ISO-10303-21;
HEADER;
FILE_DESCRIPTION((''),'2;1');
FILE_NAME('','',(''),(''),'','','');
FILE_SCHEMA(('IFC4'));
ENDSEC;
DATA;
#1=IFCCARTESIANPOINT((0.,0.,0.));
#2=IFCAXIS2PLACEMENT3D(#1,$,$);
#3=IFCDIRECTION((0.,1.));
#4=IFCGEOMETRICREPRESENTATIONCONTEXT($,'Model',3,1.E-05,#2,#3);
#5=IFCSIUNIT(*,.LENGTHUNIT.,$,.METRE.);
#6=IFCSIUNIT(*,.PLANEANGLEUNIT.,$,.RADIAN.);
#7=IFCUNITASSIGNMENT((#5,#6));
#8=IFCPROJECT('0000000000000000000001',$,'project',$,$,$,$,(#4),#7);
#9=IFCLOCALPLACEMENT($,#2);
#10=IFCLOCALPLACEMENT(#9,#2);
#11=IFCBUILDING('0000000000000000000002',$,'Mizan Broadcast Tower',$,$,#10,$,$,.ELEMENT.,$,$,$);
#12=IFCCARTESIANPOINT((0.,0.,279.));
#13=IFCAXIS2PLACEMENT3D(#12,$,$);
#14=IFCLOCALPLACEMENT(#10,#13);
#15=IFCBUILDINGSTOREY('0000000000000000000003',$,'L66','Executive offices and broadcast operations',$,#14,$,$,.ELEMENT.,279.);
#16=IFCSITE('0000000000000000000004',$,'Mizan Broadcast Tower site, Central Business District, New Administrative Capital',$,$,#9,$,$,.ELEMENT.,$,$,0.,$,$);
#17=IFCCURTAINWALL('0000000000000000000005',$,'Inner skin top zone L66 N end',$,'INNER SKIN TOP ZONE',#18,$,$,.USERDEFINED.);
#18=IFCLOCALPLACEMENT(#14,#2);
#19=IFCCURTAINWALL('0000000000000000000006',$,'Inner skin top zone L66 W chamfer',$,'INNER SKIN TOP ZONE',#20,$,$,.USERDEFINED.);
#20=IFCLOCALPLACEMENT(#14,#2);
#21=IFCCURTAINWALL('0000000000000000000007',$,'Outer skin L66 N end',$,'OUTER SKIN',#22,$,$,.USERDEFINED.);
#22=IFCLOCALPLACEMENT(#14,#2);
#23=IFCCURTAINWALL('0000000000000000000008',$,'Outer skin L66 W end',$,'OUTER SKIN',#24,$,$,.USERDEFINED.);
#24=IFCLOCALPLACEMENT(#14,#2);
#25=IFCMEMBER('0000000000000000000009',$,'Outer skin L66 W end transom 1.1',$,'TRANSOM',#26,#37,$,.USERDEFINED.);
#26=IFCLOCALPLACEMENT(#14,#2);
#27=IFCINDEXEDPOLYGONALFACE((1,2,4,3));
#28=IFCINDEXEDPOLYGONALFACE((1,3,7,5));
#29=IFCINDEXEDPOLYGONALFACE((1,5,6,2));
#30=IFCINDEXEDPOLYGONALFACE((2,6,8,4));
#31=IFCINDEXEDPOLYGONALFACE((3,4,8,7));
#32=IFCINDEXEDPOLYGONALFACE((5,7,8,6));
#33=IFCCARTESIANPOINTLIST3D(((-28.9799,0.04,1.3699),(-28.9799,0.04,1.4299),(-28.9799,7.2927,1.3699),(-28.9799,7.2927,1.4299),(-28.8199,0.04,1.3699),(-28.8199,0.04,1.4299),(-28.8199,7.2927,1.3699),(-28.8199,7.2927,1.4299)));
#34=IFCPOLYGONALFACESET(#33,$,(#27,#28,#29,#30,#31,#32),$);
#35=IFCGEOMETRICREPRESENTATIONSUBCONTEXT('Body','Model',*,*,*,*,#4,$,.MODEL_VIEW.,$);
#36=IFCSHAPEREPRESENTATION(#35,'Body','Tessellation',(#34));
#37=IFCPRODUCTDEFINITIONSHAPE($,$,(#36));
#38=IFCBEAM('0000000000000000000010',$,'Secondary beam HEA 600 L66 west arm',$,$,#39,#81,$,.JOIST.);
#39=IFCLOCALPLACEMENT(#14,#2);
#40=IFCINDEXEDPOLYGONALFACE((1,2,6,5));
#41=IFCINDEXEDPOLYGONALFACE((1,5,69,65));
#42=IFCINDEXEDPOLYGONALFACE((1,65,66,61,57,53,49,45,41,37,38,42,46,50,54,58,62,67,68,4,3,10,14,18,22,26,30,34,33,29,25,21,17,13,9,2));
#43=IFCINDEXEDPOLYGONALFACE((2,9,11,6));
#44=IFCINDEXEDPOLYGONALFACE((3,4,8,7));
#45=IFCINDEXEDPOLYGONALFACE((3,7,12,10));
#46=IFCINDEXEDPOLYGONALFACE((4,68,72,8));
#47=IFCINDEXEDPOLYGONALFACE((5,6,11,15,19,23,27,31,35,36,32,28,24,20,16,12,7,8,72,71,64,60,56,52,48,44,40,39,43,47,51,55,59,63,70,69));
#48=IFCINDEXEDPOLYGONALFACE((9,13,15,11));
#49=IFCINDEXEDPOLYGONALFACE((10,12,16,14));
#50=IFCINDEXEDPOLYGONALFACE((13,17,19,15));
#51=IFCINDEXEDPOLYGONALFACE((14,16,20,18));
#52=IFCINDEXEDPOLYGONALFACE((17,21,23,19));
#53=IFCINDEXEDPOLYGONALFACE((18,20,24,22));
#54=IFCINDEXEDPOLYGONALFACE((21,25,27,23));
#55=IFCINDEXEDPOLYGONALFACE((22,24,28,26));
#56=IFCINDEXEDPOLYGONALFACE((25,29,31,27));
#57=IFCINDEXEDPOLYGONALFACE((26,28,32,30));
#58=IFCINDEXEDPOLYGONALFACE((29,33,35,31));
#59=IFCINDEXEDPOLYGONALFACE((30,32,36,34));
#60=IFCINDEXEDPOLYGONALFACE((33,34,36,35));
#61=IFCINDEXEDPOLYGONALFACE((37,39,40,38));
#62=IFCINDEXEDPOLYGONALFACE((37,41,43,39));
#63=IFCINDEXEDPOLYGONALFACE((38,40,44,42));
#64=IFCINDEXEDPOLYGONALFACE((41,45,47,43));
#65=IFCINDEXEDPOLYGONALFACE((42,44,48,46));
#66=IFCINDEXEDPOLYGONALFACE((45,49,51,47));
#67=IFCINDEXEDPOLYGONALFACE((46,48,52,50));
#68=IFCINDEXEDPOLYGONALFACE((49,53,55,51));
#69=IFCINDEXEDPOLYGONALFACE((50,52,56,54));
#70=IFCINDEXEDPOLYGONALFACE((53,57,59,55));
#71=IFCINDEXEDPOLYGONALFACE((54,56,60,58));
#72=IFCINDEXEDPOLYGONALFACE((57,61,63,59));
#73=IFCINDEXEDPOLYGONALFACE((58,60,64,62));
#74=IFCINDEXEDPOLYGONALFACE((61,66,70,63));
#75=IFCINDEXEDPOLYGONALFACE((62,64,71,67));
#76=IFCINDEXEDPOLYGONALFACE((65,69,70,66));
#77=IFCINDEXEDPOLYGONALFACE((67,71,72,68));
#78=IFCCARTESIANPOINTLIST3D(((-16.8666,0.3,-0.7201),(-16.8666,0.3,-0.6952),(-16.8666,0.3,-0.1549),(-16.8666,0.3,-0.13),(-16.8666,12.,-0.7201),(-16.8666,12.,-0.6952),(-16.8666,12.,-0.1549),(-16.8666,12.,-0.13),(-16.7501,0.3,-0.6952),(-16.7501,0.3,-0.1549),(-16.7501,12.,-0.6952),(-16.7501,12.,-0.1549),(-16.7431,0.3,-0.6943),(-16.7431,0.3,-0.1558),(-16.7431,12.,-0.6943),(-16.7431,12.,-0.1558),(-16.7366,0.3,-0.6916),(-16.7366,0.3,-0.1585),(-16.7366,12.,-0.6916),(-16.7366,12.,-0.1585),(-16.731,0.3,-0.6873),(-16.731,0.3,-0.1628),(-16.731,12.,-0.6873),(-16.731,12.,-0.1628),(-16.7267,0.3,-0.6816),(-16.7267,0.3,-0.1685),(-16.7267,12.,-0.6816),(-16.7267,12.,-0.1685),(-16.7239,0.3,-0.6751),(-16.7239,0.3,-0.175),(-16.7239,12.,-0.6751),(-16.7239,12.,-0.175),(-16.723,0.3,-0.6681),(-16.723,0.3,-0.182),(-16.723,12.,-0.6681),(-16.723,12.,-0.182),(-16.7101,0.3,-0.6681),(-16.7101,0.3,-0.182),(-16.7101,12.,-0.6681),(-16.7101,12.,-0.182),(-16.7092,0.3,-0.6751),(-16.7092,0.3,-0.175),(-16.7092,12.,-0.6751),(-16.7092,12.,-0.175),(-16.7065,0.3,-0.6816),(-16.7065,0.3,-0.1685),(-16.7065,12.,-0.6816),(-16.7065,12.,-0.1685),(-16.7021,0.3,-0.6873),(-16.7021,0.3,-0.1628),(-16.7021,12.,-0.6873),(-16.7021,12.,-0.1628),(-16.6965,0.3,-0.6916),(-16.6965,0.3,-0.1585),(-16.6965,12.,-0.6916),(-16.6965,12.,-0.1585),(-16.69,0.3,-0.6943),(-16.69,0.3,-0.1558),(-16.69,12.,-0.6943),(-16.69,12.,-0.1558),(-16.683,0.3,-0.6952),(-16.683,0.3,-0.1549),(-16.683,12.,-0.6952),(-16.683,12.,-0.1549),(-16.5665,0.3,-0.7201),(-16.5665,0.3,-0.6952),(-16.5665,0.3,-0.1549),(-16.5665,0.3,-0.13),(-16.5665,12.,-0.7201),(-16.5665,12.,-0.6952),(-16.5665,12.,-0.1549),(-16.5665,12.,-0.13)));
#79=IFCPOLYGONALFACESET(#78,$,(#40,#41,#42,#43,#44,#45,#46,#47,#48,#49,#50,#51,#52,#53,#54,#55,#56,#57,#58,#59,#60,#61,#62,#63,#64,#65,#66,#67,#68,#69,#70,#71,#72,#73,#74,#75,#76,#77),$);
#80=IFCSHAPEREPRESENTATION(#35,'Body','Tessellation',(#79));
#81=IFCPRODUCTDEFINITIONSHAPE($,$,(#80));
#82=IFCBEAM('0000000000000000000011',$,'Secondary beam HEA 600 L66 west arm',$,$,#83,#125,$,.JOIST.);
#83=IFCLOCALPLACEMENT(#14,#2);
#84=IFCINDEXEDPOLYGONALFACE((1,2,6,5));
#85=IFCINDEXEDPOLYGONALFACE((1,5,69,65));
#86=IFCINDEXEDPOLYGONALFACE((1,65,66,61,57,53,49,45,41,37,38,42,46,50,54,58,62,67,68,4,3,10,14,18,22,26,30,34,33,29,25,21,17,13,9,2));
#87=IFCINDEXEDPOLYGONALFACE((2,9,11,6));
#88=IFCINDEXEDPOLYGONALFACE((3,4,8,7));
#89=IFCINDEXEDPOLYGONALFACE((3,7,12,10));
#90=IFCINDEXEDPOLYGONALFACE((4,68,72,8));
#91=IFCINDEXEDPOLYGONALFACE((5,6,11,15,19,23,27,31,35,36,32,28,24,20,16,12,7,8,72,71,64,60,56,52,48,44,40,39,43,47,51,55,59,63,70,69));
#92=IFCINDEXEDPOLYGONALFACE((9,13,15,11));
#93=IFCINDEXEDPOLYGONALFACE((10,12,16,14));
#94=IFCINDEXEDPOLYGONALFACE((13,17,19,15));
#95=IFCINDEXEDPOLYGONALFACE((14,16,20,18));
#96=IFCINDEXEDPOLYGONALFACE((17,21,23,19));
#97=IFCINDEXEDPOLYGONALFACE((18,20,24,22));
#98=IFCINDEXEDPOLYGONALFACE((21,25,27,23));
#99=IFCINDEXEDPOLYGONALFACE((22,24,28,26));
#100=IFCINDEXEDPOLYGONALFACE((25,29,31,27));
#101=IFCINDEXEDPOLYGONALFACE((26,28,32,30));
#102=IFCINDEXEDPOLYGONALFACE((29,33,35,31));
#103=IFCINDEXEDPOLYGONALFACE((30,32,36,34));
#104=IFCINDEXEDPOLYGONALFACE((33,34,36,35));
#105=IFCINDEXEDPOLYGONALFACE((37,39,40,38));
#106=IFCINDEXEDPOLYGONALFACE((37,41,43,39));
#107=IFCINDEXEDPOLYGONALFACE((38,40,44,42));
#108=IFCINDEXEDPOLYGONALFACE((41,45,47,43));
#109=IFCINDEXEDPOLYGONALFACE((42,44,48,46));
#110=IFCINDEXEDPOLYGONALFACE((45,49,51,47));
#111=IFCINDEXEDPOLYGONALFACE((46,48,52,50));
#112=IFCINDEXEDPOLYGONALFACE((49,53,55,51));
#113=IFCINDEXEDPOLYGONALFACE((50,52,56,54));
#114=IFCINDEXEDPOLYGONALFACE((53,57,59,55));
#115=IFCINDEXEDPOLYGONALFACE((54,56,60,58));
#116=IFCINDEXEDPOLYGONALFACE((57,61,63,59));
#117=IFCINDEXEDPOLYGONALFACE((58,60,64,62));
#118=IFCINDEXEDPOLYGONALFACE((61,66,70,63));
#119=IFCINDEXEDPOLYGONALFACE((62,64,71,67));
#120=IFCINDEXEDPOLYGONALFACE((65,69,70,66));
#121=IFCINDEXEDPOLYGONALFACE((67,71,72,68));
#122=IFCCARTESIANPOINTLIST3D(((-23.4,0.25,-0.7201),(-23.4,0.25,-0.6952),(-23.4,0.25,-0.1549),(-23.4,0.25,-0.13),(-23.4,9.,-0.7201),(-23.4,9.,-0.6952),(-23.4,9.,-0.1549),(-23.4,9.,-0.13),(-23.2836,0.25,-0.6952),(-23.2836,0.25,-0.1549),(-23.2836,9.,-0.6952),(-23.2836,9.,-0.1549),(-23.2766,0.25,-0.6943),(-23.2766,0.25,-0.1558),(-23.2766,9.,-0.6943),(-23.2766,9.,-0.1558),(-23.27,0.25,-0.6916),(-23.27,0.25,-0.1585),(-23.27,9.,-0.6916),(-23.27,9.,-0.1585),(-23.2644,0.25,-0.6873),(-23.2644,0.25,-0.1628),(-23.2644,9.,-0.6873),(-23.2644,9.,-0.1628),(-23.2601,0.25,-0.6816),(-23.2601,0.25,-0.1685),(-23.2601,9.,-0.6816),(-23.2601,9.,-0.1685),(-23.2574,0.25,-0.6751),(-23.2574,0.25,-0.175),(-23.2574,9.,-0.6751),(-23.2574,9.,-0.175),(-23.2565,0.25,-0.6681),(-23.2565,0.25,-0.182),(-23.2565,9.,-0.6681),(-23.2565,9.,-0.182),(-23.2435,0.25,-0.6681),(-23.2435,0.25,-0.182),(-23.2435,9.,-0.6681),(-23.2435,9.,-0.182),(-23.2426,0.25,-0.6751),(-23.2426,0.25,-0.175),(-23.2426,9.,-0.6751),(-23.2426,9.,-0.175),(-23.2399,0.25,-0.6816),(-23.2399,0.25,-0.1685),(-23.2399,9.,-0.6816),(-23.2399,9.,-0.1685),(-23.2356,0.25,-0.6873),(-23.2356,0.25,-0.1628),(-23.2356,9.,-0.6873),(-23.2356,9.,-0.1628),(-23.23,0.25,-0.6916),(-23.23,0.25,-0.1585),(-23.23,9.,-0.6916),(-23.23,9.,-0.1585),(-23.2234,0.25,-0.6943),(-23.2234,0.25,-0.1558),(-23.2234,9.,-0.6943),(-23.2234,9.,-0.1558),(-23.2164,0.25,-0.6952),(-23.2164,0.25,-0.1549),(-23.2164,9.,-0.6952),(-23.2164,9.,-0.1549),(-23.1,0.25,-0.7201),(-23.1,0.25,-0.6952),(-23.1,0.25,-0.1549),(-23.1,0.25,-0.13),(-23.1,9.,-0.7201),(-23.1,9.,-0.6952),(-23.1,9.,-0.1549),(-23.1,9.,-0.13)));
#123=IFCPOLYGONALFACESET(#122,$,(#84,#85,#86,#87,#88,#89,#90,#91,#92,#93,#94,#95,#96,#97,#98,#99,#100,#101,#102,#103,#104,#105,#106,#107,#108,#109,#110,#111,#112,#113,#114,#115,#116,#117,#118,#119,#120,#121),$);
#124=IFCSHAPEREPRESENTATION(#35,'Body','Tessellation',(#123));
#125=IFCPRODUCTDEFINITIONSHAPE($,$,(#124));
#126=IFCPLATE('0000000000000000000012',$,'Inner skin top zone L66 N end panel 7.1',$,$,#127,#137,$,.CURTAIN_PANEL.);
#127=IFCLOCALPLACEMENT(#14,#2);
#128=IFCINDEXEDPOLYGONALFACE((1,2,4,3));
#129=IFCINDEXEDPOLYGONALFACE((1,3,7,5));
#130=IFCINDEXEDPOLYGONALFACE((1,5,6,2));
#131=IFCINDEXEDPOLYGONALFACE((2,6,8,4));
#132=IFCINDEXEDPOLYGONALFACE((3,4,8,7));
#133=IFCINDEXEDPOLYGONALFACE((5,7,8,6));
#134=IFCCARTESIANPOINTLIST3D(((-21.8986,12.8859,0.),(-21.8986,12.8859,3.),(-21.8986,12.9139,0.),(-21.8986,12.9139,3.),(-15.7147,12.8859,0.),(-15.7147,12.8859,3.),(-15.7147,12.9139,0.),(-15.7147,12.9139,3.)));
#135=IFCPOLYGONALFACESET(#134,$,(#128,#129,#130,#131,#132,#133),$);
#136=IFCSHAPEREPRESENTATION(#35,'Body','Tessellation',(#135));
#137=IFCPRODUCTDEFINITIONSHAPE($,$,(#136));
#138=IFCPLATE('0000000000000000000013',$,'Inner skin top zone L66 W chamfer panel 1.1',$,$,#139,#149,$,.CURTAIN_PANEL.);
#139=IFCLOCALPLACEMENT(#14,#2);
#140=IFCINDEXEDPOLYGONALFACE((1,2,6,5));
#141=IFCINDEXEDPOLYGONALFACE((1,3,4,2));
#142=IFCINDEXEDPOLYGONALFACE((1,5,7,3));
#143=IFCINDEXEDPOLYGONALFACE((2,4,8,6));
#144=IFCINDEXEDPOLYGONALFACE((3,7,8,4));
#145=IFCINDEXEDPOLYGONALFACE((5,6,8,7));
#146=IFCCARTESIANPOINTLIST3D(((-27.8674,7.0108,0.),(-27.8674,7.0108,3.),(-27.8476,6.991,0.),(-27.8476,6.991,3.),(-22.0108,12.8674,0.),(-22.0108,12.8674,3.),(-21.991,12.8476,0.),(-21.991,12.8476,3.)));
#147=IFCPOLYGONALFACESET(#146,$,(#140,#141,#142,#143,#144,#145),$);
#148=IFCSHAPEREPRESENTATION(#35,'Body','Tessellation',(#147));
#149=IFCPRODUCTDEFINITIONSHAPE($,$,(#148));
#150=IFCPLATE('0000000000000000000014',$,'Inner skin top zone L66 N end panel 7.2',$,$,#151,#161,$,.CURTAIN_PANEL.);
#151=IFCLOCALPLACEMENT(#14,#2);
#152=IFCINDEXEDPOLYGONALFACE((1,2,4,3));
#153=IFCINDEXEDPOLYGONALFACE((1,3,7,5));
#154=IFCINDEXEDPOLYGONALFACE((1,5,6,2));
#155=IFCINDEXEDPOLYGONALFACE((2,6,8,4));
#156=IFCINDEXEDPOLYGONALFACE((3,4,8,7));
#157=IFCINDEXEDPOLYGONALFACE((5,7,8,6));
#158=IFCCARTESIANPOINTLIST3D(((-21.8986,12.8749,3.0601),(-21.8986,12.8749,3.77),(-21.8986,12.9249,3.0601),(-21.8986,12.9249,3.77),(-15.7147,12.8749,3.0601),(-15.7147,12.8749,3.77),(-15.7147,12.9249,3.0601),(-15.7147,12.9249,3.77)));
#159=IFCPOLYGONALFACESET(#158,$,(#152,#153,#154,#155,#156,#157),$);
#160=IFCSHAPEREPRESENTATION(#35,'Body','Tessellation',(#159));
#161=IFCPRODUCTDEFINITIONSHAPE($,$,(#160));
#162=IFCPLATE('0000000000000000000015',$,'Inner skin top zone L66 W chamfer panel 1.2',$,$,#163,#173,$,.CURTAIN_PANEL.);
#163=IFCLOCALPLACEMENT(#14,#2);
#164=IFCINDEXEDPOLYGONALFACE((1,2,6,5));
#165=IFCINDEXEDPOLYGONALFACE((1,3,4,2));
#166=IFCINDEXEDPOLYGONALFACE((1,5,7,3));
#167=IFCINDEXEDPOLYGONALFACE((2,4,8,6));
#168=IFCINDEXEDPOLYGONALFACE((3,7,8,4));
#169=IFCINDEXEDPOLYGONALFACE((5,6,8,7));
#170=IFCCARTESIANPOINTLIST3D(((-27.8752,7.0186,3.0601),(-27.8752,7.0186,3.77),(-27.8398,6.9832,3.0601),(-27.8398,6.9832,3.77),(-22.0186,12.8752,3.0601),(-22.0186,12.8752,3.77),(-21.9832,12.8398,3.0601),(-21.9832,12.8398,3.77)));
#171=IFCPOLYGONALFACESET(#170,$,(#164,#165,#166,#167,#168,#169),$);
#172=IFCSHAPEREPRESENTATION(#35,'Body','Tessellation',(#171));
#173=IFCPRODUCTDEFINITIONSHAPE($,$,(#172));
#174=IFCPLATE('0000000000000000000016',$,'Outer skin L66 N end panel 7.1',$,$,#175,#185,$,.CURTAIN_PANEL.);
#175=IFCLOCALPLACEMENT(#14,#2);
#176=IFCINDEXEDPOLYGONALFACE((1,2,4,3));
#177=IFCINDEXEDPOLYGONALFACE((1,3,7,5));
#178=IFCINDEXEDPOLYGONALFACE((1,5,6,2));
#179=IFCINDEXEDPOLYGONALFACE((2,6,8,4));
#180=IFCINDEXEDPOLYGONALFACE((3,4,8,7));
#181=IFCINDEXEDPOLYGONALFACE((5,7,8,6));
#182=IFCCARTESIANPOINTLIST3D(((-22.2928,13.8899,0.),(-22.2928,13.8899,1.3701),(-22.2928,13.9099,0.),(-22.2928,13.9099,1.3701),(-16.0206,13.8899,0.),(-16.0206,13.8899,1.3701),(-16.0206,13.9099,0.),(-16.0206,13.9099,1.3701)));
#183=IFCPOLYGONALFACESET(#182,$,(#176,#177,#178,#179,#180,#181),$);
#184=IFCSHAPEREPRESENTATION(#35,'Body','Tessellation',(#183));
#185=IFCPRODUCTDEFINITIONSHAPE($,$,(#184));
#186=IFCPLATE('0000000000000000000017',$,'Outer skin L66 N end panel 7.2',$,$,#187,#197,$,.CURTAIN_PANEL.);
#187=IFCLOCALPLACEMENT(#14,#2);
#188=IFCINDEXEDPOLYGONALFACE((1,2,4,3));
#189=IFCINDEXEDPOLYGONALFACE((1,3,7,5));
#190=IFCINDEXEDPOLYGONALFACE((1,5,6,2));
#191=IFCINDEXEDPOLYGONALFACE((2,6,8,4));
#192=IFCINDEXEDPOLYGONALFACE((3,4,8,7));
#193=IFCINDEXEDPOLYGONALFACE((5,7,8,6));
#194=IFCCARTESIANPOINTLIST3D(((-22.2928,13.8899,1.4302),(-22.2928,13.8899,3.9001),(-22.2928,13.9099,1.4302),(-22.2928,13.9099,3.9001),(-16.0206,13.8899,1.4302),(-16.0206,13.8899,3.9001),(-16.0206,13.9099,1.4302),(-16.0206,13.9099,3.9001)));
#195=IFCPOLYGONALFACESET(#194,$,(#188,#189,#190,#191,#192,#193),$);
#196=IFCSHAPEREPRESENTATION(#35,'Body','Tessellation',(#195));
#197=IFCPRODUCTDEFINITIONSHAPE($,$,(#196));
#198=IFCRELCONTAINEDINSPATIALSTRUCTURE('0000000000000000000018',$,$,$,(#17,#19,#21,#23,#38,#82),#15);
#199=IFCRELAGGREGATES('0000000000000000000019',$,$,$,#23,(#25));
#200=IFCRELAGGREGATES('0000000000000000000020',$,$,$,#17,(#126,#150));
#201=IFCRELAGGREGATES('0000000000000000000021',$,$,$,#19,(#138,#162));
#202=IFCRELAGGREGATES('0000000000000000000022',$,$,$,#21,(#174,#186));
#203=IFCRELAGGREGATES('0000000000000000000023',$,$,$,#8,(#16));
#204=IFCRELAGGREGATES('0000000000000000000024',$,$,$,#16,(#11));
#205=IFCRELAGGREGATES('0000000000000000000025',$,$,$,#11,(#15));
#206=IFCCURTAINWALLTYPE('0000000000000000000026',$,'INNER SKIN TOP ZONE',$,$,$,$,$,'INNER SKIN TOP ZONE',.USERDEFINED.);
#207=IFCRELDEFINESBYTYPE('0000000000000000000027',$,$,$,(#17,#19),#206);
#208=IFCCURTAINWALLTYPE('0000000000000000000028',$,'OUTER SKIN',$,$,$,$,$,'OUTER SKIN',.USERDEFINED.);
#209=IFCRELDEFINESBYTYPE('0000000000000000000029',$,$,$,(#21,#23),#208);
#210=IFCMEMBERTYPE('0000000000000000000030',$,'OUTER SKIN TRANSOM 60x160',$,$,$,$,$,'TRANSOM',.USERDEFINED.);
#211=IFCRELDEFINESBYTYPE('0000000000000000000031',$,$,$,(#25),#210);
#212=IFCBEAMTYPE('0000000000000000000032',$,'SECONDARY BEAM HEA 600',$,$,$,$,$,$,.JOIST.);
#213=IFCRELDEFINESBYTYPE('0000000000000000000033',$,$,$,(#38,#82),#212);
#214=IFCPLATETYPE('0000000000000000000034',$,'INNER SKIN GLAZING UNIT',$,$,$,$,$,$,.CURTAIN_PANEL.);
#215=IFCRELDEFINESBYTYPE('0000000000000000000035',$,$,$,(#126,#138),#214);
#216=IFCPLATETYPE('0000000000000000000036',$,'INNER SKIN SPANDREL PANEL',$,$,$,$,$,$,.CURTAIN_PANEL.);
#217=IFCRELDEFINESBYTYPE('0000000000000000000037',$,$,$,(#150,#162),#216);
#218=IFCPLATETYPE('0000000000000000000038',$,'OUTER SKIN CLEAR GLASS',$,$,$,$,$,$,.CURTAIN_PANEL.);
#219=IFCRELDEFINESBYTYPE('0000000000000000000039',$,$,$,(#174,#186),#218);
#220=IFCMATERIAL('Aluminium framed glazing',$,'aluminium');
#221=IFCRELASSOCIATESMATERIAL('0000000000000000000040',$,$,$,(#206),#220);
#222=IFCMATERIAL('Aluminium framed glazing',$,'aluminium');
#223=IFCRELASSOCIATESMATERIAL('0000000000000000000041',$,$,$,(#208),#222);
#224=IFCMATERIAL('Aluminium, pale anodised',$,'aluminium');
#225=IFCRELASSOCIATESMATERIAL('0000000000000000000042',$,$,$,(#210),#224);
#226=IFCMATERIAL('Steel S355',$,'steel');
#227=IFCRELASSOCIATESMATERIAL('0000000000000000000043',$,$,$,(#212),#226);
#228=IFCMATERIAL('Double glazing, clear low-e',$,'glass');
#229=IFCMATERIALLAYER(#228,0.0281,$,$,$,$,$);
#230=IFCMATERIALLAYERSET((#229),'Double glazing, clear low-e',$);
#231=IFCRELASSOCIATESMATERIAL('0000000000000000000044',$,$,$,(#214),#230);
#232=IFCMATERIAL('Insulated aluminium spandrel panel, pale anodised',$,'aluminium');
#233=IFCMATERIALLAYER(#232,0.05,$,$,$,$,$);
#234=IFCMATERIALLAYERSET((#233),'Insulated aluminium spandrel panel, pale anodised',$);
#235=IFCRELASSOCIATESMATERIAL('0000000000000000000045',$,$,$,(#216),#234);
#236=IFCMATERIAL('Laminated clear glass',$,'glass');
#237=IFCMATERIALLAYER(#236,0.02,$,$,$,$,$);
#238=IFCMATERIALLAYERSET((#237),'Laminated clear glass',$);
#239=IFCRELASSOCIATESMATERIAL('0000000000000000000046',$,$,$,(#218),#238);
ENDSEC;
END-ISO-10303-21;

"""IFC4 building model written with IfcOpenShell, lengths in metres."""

from ifc_helpers import new_model, si_unit, direction, frame, origin, origin_2d, place, context, subcontext, project, spatial, rectangle, i_section, extrude, material, layer, layer_set, material_profile, profile_set, type_object, element, aggregate, save


model = new_model("IFC4")

# Units and contexts
model_context = context("Model", 3, precision=1e-05, world=origin(), true_north=direction((0.0, 1.0)))
body_context = subcontext(model_context, "Body", "Model", "MODEL_VIEW")
ifc_project = project(units=[si_unit("LENGTHUNIT", "METRE"), si_unit("PLANEANGLEUNIT", "RADIAN")], contexts=[model_context])

# Site, building, storey
site_placement = place(None, origin())
site = spatial("IfcSite", under=ifc_project, at=site_placement, Name="Mizan Broadcast Tower site, Central Business District, New Administrative Capital", CompositionType="ELEMENT", RefElevation=0.0)
building_placement = place(site_placement, origin())
building = spatial("IfcBuilding", under=site, at=building_placement, Name="Mizan Broadcast Tower", CompositionType="ELEMENT")
storey_placement = place(building_placement, frame((0.0, 0.0, 279.0)))
storey = spatial("IfcBuildingStorey", under=building, at=storey_placement, Name="L66", Description="Executive offices and broadcast operations", CompositionType="ELEMENT", Elevation=279.0)

# Curtain walls
ifc_material_1 = material(Name="Aluminium framed glazing", Category="aluminium")
curtain_wall_type_1 = type_object("IfcCurtainWallType", Name="INNER SKIN TOP ZONE", ElementType="INNER SKIN TOP ZONE", PredefinedType="USERDEFINED", material=ifc_material_1)
curtain_wall_1_placement = place(storey_placement, origin())
curtain_wall_1 = element("IfcCurtainWall", 1, at=curtain_wall_1_placement, inside=storey, type_object=curtain_wall_type_1, Name="Inner skin top zone L66 N end", ObjectType="INNER SKIN TOP ZONE", PredefinedType="USERDEFINED")
curtain_wall_2_placement = place(storey_placement, origin())
curtain_wall_2 = element("IfcCurtainWall", 2, at=curtain_wall_2_placement, inside=storey, type_object=curtain_wall_type_1, Name="Inner skin top zone L66 W chamfer", ObjectType="INNER SKIN TOP ZONE", PredefinedType="USERDEFINED")
ifc_material_2 = material(Name="Aluminium framed glazing", Category="aluminium")
curtain_wall_type_2 = type_object("IfcCurtainWallType", Name="OUTER SKIN", ElementType="OUTER SKIN", PredefinedType="USERDEFINED", material=ifc_material_2)
curtain_wall_3_placement = place(storey_placement, origin())
curtain_wall_3 = element("IfcCurtainWall", 3, at=curtain_wall_3_placement, inside=storey, type_object=curtain_wall_type_2, Name="Outer skin L66 N end", ObjectType="OUTER SKIN", PredefinedType="USERDEFINED")

# Shared definitions
ifc_material_3 = material(Name="Aluminium, pale anodised", Category="aluminium")
ifc_material_profile_1 = material_profile(ifc_material_3, rectangle(XDim=0.1599, YDim=0.0601, at=origin_2d()), Name="TRANSOM 160x60")
ifc_profile_set_1 = profile_set([ifc_material_profile_1], Name="Aluminium, pale anodised")
member_type_1 = type_object("IfcMemberType", Name="OUTER SKIN TRANSOM 60x160", ElementType="TRANSOM", PredefinedType="USERDEFINED", material=ifc_profile_set_1)

# Curtain wall, member
curtain_wall_4_placement = place(storey_placement, origin())
curtain_wall_4 = element("IfcCurtainWall", 4, at=curtain_wall_4_placement, inside=storey, type_object=curtain_wall_type_2, Name="Outer skin L66 W end", ObjectType="OUTER SKIN", PredefinedType="USERDEFINED")
member_1_placement = place(storey_placement, frame((-28.8999, 7.2927, 1.3999), z_axis=(0.0, -1.0, 0.0), x_axis=(1.0, 0.0, 0.0)))
member_1 = element("IfcMember", 5, at=member_1_placement, type_object=member_type_1, Name="Outer skin L66 W end transom 1.1", ObjectType="TRANSOM", PredefinedType="USERDEFINED", context=body_context, shape_type="SweptSolid", body=[
    extrude(rectangle(XDim=0.1599, YDim=0.0601, at=origin_2d()), origin(), (0.0, 0.0, 1.0), 7.2527),
])
aggregate(curtain_wall_4, [member_1])

# Beams
ifc_material_4 = material(Name="Steel S355", Category="steel")
ifc_material_profile_2 = material_profile(ifc_material_4, i_section(OverallWidth=0.3, OverallDepth=0.5901, WebThickness=0.0129, FlangeThickness=0.0249, FilletRadius=0.0271, at=origin_2d()), Name="HEA 600")
ifc_profile_set_2 = profile_set([ifc_material_profile_2], Name="Steel S355")
beam_type_1 = type_object("IfcBeamType", Name="SECONDARY BEAM HEA 600", PredefinedType="JOIST", material=ifc_profile_set_2)
beam_1_placement = place(storey_placement, frame((-16.7166, 12.0, -0.425), z_axis=(0.0, -1.0, 0.0), x_axis=(1.0, 0.0, 0.0)))
element("IfcBeam", 6, at=beam_1_placement, inside=storey, type_object=beam_type_1, Name="Secondary beam HEA 600 L66 west arm", PredefinedType="JOIST", context=body_context, shape_type="SweptSolid", body=[
    extrude(i_section(OverallWidth=0.3, OverallDepth=0.5901, WebThickness=0.0129, FlangeThickness=0.0249, FilletRadius=0.0271, at=origin_2d()), origin(), (0.0, 0.0, 1.0), 11.7),
])
beam_2_placement = place(storey_placement, frame((-23.25, 9.0, -0.425), z_axis=(0.0, -1.0, 0.0), x_axis=(1.0, 0.0, 0.0)))
element("IfcBeam", 7, at=beam_2_placement, inside=storey, type_object=beam_type_1, Name="Secondary beam HEA 600 L66 west arm", PredefinedType="JOIST", context=body_context, shape_type="SweptSolid", body=[
    extrude(i_section(OverallWidth=0.3, OverallDepth=0.5901, WebThickness=0.0129, FlangeThickness=0.0249, FilletRadius=0.0271, at=origin_2d()), origin(), (0.0, 0.0, 1.0), 8.75),
])

# Plates
ifc_material_5 = material(Name="Double glazing, clear low-e", Category="glass")
ifc_layer_1 = layer(ifc_material_5, 0.0281)
ifc_layer_set_1 = layer_set([ifc_layer_1], Name="Double glazing, clear low-e")
plate_type_1 = type_object("IfcPlateType", Name="INNER SKIN GLAZING UNIT", PredefinedType="CURTAIN_PANEL", material=ifc_layer_set_1)
plate_1_placement = place(storey_placement, frame((-18.8066, 12.8999, 0.0), z_axis=(0.0, 0.0, 1.0), x_axis=(-1.0, 0.0, 0.0)))
plate_1 = element("IfcPlate", 8, at=plate_1_placement, type_object=plate_type_1, Name="Inner skin top zone L66 N end panel 7.1", PredefinedType="CURTAIN_PANEL", context=body_context, shape_type="SweptSolid", body=[
    extrude(rectangle(XDim=6.1838, YDim=0.0281, at=origin_2d()), origin(), (0.0, 0.0, 1.0), 3.0),
])
plate_2_placement = place(storey_placement, frame((-24.9292, 9.9292, 0.0), z_axis=(0.0, 0.0, 1.0), x_axis=(-0.707107, -0.707107, 0.0)))
plate_2 = element("IfcPlate", 9, at=plate_2_placement, type_object=plate_type_1, Name="Inner skin top zone L66 W chamfer panel 1.1", PredefinedType="CURTAIN_PANEL", context=body_context, shape_type="SweptSolid", body=[
    extrude(rectangle(XDim=8.2825, YDim=0.0281, at=origin_2d()), origin(), (0.0, 0.0, 1.0), 3.0),
])
ifc_material_6 = material(Name="Insulated aluminium spandrel panel, pale anodised", Category="aluminium")
ifc_layer_2 = layer(ifc_material_6, 0.05)
ifc_layer_set_2 = layer_set([ifc_layer_2], Name="Insulated aluminium spandrel panel, pale anodised")
plate_type_2 = type_object("IfcPlateType", Name="INNER SKIN SPANDREL PANEL", PredefinedType="CURTAIN_PANEL", material=ifc_layer_set_2)
plate_3_placement = place(storey_placement, frame((-18.8066, 12.8999, 3.0601), z_axis=(0.0, 0.0, 1.0), x_axis=(-1.0, 0.0, 0.0)))
plate_3 = element("IfcPlate", 10, at=plate_3_placement, type_object=plate_type_2, Name="Inner skin top zone L66 N end panel 7.2", PredefinedType="CURTAIN_PANEL", context=body_context, shape_type="SweptSolid", body=[
    extrude(rectangle(XDim=6.1838, YDim=0.05, at=origin_2d()), origin(), (0.0, 0.0, 1.0), 0.71),
])
aggregate(curtain_wall_1, [plate_1, plate_3])
plate_4_placement = place(storey_placement, frame((-24.9292, 9.9292, 3.0601), z_axis=(0.0, 0.0, 1.0), x_axis=(-0.707107, -0.707107, 0.0)))
plate_4 = element("IfcPlate", 11, at=plate_4_placement, type_object=plate_type_2, Name="Inner skin top zone L66 W chamfer panel 1.2", PredefinedType="CURTAIN_PANEL", context=body_context, shape_type="SweptSolid", body=[
    extrude(rectangle(XDim=8.2825, YDim=0.05, at=origin_2d()), origin(), (0.0, 0.0, 1.0), 0.71),
])
aggregate(curtain_wall_2, [plate_2, plate_4])
ifc_material_7 = material(Name="Laminated clear glass", Category="glass")
ifc_layer_3 = layer(ifc_material_7, 0.02)
ifc_layer_set_3 = layer_set([ifc_layer_3], Name="Laminated clear glass")
plate_type_3 = type_object("IfcPlateType", Name="OUTER SKIN CLEAR GLASS", PredefinedType="CURTAIN_PANEL", material=ifc_layer_set_3)
plate_5_placement = place(storey_placement, frame((-19.1567, 13.8999, 0.0), z_axis=(0.0, 0.0, 1.0), x_axis=(-1.0, 0.0, 0.0)))
plate_5 = element("IfcPlate", 12, at=plate_5_placement, type_object=plate_type_3, Name="Outer skin L66 N end panel 7.1", PredefinedType="CURTAIN_PANEL", context=body_context, shape_type="SweptSolid", body=[
    extrude(rectangle(XDim=6.2722, YDim=0.02, at=origin_2d()), origin(), (0.0, 0.0, 1.0), 1.3701),
])
plate_6_placement = place(storey_placement, frame((-19.1567, 13.8999, 1.4302), z_axis=(0.0, 0.0, 1.0), x_axis=(-1.0, 0.0, 0.0)))
plate_6 = element("IfcPlate", 13, at=plate_6_placement, type_object=plate_type_3, Name="Outer skin L66 N end panel 7.2", PredefinedType="CURTAIN_PANEL", context=body_context, shape_type="SweptSolid", body=[
    extrude(rectangle(XDim=6.2722, YDim=0.02, at=origin_2d()), origin(), (0.0, 0.0, 1.0), 2.47),
])
aggregate(curtain_wall_3, [plate_5, plate_6])

save(model, "model.ifc")
